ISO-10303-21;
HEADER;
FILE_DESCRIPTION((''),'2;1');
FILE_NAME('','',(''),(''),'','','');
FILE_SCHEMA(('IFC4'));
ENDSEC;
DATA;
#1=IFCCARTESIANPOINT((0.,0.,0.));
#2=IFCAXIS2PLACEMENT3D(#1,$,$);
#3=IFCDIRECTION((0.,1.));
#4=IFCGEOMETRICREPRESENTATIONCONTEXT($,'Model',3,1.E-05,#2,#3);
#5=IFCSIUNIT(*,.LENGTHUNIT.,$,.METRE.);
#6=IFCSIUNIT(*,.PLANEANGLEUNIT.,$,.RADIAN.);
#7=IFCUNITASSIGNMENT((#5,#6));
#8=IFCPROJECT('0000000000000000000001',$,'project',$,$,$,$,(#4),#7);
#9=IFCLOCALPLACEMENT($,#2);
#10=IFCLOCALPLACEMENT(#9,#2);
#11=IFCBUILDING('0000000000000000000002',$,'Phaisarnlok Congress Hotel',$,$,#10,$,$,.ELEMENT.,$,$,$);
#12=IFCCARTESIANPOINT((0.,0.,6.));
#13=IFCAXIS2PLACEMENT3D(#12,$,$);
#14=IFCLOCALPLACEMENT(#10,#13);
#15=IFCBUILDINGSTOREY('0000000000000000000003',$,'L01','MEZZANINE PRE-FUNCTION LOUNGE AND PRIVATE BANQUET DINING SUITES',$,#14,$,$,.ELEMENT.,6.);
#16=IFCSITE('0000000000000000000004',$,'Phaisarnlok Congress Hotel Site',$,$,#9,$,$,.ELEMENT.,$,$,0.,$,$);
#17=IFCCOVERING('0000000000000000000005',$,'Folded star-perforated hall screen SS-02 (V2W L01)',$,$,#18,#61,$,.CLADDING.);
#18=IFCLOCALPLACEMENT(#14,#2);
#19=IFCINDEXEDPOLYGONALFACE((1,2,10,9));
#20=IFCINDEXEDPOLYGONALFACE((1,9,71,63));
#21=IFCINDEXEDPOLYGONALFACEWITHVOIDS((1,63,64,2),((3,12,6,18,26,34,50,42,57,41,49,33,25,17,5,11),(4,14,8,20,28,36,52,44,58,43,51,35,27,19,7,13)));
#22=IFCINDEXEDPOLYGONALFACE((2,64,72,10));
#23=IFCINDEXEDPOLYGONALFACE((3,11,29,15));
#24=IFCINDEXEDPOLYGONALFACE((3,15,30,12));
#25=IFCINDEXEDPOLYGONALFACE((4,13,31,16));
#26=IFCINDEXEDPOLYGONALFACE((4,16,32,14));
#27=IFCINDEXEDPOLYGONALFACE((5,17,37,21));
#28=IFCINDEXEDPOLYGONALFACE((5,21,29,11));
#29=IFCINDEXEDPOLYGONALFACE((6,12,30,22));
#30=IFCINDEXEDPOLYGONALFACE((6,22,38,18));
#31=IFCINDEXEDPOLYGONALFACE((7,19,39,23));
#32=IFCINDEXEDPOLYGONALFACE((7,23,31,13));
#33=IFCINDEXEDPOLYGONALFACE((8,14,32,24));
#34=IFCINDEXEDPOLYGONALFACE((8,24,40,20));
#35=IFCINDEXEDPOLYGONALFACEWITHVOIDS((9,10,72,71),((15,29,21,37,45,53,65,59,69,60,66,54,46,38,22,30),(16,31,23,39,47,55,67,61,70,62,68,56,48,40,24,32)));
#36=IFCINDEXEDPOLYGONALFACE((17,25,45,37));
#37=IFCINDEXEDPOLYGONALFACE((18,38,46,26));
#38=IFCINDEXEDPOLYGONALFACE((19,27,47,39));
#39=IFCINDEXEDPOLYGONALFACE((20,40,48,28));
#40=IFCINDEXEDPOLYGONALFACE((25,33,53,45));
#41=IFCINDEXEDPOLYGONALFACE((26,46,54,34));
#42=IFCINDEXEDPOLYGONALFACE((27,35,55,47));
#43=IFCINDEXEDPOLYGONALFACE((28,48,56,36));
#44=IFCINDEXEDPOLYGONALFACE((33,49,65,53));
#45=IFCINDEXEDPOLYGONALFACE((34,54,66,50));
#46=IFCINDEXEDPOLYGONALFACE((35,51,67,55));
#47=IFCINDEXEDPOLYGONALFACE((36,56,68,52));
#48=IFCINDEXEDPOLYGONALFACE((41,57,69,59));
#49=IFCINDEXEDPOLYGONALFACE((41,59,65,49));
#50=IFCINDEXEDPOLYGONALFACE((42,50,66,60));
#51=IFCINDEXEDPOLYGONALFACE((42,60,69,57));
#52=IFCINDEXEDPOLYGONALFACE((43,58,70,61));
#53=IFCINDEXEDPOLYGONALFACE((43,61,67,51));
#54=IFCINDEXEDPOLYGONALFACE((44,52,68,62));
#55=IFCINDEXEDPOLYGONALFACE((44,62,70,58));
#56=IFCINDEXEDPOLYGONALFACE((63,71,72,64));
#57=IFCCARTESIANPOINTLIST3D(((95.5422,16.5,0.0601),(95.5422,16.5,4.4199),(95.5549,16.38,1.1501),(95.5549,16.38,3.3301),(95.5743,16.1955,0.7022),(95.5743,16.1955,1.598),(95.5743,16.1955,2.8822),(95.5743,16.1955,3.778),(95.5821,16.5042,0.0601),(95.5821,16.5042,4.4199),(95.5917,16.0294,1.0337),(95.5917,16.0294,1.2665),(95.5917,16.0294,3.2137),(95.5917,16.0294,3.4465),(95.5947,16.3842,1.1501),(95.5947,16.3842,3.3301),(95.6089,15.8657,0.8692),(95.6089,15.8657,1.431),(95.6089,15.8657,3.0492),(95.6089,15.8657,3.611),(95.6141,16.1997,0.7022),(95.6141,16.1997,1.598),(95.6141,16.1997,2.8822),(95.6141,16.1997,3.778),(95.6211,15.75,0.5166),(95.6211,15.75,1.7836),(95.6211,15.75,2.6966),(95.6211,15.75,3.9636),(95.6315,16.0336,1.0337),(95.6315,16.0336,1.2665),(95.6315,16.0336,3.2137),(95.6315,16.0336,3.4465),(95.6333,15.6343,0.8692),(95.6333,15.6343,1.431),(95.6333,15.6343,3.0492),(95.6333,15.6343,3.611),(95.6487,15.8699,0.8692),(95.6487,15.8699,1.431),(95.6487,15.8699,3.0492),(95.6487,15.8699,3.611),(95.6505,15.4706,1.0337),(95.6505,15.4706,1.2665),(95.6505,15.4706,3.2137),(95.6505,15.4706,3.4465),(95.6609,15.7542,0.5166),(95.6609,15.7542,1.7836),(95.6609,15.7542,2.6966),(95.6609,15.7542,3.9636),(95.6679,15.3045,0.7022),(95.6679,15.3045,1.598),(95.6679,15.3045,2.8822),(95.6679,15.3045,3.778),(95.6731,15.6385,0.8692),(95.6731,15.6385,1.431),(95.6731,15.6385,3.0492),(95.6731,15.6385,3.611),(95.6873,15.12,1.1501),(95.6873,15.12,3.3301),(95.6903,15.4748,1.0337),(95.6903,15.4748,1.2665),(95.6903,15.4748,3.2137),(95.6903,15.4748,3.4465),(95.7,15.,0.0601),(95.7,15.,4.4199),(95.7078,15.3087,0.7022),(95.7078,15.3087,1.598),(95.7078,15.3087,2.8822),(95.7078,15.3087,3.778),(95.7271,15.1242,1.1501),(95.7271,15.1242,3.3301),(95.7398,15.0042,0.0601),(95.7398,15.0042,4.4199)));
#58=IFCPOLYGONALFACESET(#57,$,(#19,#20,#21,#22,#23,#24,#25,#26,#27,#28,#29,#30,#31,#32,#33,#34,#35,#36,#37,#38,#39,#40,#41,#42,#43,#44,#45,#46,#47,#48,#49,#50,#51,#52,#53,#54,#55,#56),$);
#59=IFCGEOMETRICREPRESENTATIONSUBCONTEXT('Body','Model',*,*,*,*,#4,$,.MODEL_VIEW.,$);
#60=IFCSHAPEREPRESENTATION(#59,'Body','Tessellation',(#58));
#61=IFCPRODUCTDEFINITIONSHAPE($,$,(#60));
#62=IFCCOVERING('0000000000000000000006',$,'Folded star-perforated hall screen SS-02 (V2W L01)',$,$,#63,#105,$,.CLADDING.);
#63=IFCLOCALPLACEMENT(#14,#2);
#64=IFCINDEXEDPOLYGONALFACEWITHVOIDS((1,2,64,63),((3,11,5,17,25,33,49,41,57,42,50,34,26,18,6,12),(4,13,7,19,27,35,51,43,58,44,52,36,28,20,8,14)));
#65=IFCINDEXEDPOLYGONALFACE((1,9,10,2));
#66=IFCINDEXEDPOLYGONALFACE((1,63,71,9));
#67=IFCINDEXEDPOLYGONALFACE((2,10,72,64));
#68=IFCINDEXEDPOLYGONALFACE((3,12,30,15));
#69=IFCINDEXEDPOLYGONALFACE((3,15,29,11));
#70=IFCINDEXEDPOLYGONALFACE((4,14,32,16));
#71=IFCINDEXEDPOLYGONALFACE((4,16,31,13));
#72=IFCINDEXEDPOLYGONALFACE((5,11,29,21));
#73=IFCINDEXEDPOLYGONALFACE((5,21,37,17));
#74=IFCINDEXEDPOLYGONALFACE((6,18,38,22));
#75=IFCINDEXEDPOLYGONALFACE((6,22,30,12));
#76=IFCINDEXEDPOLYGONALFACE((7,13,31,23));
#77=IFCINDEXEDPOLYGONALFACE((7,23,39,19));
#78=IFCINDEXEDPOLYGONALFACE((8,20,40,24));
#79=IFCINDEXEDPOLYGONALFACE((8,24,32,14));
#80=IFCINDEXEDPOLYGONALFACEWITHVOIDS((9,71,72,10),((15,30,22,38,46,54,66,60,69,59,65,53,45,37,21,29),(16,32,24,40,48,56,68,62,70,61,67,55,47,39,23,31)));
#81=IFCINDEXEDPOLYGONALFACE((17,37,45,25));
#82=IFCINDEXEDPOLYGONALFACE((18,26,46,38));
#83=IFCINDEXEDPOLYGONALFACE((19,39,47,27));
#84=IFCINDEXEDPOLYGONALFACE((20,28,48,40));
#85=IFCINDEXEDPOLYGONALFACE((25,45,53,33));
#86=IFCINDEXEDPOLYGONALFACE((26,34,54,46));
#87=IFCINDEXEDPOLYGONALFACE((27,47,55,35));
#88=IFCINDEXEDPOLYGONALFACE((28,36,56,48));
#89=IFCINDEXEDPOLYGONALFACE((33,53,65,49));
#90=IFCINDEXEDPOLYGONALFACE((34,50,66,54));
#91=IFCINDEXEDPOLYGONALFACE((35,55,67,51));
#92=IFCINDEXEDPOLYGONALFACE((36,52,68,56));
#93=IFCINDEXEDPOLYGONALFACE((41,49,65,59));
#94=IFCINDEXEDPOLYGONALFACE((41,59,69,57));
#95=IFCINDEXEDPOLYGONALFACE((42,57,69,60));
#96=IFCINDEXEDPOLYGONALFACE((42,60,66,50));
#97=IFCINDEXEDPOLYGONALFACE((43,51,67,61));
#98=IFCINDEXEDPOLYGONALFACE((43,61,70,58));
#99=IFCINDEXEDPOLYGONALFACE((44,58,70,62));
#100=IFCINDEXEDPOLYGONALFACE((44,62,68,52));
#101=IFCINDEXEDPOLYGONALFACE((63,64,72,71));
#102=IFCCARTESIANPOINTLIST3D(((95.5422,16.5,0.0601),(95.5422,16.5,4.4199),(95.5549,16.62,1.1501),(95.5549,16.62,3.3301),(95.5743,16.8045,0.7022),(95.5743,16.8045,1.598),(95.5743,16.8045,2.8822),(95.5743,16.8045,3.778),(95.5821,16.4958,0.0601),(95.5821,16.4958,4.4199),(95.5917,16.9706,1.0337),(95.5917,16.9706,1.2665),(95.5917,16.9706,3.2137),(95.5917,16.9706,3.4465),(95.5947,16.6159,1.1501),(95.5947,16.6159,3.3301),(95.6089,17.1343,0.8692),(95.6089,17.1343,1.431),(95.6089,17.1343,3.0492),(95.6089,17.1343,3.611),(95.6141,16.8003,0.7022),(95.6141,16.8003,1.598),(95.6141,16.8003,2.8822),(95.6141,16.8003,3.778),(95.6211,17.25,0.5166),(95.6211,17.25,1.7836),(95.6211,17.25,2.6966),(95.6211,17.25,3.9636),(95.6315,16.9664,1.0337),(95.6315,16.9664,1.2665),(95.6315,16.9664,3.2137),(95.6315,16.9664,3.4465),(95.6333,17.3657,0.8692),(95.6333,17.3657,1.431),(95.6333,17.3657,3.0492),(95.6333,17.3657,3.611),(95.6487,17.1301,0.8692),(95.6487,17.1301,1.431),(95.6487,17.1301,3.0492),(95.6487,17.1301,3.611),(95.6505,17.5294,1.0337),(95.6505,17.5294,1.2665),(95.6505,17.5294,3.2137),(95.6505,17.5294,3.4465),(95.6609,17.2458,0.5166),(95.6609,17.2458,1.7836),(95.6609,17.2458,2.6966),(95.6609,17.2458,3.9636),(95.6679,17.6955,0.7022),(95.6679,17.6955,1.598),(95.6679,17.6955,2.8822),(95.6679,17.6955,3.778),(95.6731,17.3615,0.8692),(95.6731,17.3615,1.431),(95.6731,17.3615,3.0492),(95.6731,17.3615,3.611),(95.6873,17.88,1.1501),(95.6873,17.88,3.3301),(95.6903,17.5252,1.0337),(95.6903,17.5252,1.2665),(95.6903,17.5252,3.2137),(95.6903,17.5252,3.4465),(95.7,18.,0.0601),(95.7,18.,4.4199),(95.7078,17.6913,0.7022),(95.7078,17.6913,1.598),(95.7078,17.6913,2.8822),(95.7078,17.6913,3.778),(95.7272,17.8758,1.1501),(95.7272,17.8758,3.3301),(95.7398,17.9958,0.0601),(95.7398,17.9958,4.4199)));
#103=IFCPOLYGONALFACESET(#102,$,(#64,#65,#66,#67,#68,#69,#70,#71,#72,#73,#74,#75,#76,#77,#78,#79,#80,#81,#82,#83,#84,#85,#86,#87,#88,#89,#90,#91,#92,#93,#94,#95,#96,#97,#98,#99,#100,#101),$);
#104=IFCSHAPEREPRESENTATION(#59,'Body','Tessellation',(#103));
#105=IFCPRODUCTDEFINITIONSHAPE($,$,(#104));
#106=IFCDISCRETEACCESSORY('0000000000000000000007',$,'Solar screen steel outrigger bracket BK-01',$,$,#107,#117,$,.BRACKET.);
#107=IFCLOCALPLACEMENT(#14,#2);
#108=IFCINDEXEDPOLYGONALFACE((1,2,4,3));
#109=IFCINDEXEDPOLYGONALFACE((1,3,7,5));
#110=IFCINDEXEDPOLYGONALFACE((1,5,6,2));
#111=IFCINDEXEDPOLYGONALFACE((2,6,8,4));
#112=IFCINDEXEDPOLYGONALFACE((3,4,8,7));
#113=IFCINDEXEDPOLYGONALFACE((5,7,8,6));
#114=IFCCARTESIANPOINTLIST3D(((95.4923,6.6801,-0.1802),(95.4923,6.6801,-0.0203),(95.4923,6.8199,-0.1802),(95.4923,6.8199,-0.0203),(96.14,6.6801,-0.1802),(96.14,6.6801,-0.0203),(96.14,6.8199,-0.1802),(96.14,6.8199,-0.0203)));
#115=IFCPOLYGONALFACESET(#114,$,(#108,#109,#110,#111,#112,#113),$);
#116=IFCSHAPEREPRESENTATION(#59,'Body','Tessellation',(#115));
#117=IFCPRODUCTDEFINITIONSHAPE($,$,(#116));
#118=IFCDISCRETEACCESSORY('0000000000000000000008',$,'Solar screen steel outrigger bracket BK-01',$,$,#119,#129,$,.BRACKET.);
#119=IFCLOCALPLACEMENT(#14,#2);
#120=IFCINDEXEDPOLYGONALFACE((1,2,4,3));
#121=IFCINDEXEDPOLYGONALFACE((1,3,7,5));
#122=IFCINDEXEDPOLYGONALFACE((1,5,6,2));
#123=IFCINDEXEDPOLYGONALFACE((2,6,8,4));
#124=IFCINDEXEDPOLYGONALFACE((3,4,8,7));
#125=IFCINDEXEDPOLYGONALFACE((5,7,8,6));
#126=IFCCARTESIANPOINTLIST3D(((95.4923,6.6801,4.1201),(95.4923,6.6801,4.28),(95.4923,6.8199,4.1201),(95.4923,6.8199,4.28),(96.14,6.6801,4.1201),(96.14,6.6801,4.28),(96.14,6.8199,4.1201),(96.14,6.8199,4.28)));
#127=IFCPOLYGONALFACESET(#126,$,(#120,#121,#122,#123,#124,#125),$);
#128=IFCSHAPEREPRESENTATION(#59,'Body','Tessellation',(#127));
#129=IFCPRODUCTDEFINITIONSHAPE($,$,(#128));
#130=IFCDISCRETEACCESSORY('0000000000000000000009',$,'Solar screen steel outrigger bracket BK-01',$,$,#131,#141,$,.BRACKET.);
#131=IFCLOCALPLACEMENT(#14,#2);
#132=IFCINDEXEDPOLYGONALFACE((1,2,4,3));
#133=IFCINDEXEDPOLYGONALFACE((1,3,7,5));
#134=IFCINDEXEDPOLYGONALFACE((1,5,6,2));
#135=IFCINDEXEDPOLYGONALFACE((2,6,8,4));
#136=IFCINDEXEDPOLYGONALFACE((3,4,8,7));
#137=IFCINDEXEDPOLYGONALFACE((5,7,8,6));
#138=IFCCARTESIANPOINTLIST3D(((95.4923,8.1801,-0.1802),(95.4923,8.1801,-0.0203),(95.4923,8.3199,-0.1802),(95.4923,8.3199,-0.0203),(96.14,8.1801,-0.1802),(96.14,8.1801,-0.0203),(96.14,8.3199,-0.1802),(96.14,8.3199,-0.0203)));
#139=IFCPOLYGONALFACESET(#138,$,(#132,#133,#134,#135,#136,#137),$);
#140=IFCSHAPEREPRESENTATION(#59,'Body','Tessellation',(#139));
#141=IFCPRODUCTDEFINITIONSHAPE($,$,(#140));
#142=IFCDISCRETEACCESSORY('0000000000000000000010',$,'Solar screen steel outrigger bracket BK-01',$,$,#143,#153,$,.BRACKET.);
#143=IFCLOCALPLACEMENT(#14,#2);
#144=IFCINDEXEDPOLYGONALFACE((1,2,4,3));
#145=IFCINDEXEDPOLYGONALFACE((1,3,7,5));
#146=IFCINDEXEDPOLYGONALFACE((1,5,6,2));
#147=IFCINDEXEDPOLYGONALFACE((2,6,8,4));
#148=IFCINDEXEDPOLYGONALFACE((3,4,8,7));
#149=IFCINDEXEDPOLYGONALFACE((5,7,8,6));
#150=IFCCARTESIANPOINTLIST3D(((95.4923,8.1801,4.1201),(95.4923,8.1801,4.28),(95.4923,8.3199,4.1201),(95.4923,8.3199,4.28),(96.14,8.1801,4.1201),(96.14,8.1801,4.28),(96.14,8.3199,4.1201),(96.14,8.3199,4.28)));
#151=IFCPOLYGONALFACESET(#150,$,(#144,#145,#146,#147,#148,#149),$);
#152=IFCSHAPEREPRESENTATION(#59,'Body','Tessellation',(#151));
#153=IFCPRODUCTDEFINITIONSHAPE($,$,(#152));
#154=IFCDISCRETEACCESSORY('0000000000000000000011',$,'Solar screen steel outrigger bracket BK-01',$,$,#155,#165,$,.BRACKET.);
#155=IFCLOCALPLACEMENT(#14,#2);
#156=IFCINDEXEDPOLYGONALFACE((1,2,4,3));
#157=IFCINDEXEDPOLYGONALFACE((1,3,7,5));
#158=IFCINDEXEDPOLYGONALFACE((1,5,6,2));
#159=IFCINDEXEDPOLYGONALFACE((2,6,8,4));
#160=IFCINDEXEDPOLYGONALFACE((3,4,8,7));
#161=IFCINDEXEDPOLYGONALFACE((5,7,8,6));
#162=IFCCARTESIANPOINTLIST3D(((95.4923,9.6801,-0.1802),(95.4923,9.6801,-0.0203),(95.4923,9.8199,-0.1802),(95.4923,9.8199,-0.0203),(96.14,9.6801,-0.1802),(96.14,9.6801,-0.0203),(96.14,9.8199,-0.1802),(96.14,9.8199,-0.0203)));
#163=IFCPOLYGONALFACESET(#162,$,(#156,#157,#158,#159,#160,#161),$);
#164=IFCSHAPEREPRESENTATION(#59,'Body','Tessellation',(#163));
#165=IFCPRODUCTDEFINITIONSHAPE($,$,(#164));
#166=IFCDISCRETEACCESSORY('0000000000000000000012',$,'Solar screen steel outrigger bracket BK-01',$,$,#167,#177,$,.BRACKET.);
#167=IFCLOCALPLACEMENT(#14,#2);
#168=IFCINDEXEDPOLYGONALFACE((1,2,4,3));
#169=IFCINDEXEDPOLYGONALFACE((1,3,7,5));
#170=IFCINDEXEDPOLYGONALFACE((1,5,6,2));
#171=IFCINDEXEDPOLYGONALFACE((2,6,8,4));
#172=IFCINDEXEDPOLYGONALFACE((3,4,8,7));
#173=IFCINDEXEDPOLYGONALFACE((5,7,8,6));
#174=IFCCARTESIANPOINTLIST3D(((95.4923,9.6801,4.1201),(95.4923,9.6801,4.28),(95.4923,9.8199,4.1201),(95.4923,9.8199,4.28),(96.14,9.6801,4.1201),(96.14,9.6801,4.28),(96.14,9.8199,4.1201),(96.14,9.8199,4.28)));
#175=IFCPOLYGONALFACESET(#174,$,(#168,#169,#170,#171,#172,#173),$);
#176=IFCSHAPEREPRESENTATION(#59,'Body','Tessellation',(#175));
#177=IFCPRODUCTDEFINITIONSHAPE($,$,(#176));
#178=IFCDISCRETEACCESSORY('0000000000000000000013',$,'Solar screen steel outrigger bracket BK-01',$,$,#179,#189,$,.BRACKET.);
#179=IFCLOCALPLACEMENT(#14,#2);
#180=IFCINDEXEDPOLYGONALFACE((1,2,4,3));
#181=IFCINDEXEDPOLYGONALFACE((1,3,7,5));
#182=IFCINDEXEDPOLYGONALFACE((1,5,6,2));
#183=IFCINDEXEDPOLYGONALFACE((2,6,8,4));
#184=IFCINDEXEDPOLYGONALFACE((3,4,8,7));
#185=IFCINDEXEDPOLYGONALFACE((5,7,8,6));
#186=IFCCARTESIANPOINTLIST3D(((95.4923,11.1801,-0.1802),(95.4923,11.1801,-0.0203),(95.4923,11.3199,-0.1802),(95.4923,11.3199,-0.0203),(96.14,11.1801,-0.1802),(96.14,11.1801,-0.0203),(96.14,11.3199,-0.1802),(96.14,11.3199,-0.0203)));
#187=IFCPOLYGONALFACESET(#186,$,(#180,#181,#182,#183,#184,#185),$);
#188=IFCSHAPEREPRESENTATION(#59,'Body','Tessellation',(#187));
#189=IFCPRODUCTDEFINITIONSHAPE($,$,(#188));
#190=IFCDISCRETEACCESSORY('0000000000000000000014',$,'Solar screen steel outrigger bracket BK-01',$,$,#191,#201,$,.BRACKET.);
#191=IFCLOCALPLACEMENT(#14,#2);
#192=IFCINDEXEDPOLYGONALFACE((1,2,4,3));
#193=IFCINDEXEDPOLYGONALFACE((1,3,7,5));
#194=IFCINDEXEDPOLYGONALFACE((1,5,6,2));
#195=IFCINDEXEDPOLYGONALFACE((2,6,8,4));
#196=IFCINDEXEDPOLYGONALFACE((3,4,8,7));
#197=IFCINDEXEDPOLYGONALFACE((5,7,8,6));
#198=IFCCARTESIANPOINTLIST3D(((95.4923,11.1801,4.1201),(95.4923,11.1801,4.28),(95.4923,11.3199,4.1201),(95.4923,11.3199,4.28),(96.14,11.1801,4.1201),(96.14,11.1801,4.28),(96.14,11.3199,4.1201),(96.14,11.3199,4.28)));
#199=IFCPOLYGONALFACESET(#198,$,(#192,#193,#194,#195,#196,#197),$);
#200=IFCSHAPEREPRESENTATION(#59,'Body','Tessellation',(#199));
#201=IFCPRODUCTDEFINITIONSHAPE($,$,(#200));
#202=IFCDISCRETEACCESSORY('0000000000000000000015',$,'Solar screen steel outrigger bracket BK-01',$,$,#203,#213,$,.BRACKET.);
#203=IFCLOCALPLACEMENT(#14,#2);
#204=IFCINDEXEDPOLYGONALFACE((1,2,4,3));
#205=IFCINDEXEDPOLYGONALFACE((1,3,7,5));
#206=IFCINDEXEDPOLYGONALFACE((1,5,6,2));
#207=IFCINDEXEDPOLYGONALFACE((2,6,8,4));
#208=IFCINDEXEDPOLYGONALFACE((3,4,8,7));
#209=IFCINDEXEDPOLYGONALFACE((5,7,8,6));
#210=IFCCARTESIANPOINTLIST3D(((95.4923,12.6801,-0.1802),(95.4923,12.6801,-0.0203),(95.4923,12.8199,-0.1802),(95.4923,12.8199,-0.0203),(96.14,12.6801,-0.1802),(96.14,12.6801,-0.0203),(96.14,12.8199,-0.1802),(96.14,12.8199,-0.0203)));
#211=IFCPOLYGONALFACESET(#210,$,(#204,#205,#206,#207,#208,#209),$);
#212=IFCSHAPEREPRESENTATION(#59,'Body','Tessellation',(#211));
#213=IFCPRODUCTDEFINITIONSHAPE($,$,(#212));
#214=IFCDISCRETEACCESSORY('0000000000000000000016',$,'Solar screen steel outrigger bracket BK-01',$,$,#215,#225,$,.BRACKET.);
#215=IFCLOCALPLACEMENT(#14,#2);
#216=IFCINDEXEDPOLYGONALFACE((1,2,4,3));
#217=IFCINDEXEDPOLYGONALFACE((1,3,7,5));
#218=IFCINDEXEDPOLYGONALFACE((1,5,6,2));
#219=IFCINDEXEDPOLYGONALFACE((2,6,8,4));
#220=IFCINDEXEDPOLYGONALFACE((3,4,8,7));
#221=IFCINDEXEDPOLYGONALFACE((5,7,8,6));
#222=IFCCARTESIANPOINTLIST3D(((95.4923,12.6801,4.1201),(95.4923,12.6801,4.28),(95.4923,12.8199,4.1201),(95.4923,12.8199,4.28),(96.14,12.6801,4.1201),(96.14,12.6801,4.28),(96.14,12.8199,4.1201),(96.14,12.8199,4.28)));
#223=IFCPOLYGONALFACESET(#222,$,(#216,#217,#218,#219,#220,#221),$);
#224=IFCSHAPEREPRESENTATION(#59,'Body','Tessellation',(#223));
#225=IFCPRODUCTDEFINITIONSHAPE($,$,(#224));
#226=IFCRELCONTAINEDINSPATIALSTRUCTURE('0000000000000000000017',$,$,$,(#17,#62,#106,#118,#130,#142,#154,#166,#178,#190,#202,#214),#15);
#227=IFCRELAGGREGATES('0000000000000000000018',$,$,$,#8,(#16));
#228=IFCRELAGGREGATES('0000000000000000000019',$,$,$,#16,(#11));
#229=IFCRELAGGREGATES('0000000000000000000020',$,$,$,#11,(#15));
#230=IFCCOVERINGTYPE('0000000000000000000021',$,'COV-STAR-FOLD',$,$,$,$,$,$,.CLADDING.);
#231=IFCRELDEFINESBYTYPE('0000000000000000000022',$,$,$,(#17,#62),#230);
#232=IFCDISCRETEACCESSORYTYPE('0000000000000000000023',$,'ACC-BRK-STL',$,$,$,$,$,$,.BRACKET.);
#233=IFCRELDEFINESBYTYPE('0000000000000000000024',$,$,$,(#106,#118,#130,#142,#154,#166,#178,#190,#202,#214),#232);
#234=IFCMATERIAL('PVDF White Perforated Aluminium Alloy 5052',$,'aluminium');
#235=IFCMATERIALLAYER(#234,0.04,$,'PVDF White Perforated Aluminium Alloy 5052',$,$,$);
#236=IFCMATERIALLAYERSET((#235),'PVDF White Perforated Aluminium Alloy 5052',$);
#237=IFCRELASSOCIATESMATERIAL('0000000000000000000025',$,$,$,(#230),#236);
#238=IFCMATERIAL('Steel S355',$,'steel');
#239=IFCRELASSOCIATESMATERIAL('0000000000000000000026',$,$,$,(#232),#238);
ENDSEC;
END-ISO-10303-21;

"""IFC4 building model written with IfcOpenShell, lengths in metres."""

from ifc_helpers import new_model, si_unit, direction, frame, origin, origin_2d, place, context, subcontext, project, spatial, polyline, rectangle, outline, extrude, material, layer, layer_set, type_object, element, save


model = new_model("IFC4")

# Units and contexts
model_context = context("Model", 3, precision=1e-05, world=origin(), true_north=direction((0.0, 1.0)))
body_context = subcontext(model_context, "Body", "Model", "MODEL_VIEW")
ifc_project = project(units=[si_unit("LENGTHUNIT", "METRE"), si_unit("PLANEANGLEUNIT", "RADIAN")], contexts=[model_context])

# Site, building, storey
site_placement = place(None, origin())
site = spatial("IfcSite", under=ifc_project, at=site_placement, Name="Phaisarnlok Congress Hotel Site", CompositionType="ELEMENT", RefElevation=0.0)
building_placement = place(site_placement, origin())
building = spatial("IfcBuilding", under=site, at=building_placement, Name="Phaisarnlok Congress Hotel", CompositionType="ELEMENT")
storey_placement = place(building_placement, frame((0.0, 0.0, 6.0)))
storey = spatial("IfcBuildingStorey", under=building, at=storey_placement, Name="L01", Description="MEZZANINE PRE-FUNCTION LOUNGE AND PRIVATE BANQUET DINING SUITES", CompositionType="ELEMENT", Elevation=6.0)

# Coverings
ifc_material_1 = material(Name="PVDF White Perforated Aluminium Alloy 5052", Category="aluminium")
ifc_layer_1 = layer(ifc_material_1, 0.04, Name="PVDF White Perforated Aluminium Alloy 5052")
ifc_layer_set_1 = layer_set([ifc_layer_1], Name="PVDF White Perforated Aluminium Alloy 5052")
covering_type = type_object("IfcCoveringType", Name="COV-STAR-FOLD", PredefinedType="CLADDING", material=ifc_layer_set_1)
for number, where, z_axis, x_axis, name in (
    (1, (95.7, 15.0, 0.0601), (0.994518, 0.104567, 0.0), (-0.104567, 0.994518, 0.0), "Folded star-perforated hall screen SS-02 (V2W L01)"),
    (2, (95.5422, 16.5, 0.0601), (0.994518, -0.104567, 0.0), (0.104567, 0.994518, 0.0), "Folded star-perforated hall screen SS-02 (V2W L01)"),
):
    element("IfcCovering", number, at=place(storey_placement, frame(where, z_axis=z_axis, x_axis=x_axis)), inside=storey, type_object=covering_type, Name=name, PredefinedType="CLADDING", context=body_context, shape_type="SweptSolid", body=[
        extrude(outline(polyline([(0.0, 0.0), (1.5083, 0.0), (1.5083, 4.3599), (0.0, 4.3599), (0.0, 0.0)]), holes=[polyline([(1.0351, 0.9736), (1.2021, 0.6421), (0.8705, 0.8091), (0.7541, 0.4565), (0.6378, 0.8091), (0.3062, 0.6421), (0.4732, 0.9736), (0.1207, 1.09), (0.4732, 1.2064), (0.3062, 1.5379), (0.6378, 1.3709), (0.7541, 1.7235), (0.8705, 1.3709), (1.2021, 1.5379), (1.0351, 1.2064), (1.3876, 1.09), (1.0351, 0.9736)]), polyline([(1.0351, 3.1536), (1.2021, 2.8221), (0.8705, 2.9891), (0.7541, 2.6365), (0.6378, 2.9891), (0.3062, 2.8221), (0.4732, 3.1536), (0.1207, 3.27), (0.4732, 3.3864), (0.3062, 3.7179), (0.6378, 3.5509), (0.7541, 3.9035), (0.8705, 3.5509), (1.2021, 3.7179), (1.0351, 3.3864), (1.3876, 3.27), (1.0351, 3.1536)])]), origin(), (0.0, 0.0, 1.0), 0.04),
    ])

# Discrete accessories
ifc_material_2 = material(Name="Steel S355", Category="steel")
discrete_accessory_type = type_object("IfcDiscreteAccessoryType", Name="ACC-BRK-STL", PredefinedType="BRACKET", material=ifc_material_2)
for number, where, z_axis, x_axis, name in (
    (3, (95.8162, 6.75, -0.1802), (0.0, 0.0, 1.0), (1.0, 0.0, 0.0), "Solar screen steel outrigger bracket BK-01"),
    (4, (95.8162, 6.75, 4.1201), (0.0, 0.0, 1.0), (1.0, 0.0, 0.0), "Solar screen steel outrigger bracket BK-01"),
    (5, (95.8162, 8.25, -0.1802), (0.0, 0.0, 1.0), (1.0, 0.0, 0.0), "Solar screen steel outrigger bracket BK-01"),
    (6, (95.8162, 8.25, 4.1201), (0.0, 0.0, 1.0), (1.0, 0.0, 0.0), "Solar screen steel outrigger bracket BK-01"),
    (7, (95.8162, 9.75, -0.1802), (0.0, 0.0, 1.0), (1.0, 0.0, 0.0), "Solar screen steel outrigger bracket BK-01"),
    (8, (95.8162, 9.75, 4.1201), (0.0, 0.0, 1.0), (1.0, 0.0, 0.0), "Solar screen steel outrigger bracket BK-01"),
    (9, (95.8162, 11.25, -0.1802), (0.0, 0.0, 1.0), (1.0, 0.0, 0.0), "Solar screen steel outrigger bracket BK-01"),
    (10, (95.8162, 11.25, 4.1201), (0.0, 0.0, 1.0), (1.0, 0.0, 0.0), "Solar screen steel outrigger bracket BK-01"),
    (11, (95.8162, 12.75, -0.1802), (0.0, 0.0, 1.0), (1.0, 0.0, 0.0), "Solar screen steel outrigger bracket BK-01"),
    (12, (95.8162, 12.75, 4.1201), (0.0, 0.0, 1.0), (1.0, 0.0, 0.0), "Solar screen steel outrigger bracket BK-01"),
):
    element("IfcDiscreteAccessory", number, at=place(storey_placement, frame(where, z_axis=z_axis, x_axis=x_axis)), inside=storey, type_object=discrete_accessory_type, Name=name, PredefinedType="BRACKET", context=body_context, shape_type="SweptSolid", body=[
        extrude(rectangle(XDim=0.6477, YDim=0.1399, at=origin_2d()), origin(), (0.0, 0.0, 1.0), 0.1599),
    ])

save(model, "model.ifc")
